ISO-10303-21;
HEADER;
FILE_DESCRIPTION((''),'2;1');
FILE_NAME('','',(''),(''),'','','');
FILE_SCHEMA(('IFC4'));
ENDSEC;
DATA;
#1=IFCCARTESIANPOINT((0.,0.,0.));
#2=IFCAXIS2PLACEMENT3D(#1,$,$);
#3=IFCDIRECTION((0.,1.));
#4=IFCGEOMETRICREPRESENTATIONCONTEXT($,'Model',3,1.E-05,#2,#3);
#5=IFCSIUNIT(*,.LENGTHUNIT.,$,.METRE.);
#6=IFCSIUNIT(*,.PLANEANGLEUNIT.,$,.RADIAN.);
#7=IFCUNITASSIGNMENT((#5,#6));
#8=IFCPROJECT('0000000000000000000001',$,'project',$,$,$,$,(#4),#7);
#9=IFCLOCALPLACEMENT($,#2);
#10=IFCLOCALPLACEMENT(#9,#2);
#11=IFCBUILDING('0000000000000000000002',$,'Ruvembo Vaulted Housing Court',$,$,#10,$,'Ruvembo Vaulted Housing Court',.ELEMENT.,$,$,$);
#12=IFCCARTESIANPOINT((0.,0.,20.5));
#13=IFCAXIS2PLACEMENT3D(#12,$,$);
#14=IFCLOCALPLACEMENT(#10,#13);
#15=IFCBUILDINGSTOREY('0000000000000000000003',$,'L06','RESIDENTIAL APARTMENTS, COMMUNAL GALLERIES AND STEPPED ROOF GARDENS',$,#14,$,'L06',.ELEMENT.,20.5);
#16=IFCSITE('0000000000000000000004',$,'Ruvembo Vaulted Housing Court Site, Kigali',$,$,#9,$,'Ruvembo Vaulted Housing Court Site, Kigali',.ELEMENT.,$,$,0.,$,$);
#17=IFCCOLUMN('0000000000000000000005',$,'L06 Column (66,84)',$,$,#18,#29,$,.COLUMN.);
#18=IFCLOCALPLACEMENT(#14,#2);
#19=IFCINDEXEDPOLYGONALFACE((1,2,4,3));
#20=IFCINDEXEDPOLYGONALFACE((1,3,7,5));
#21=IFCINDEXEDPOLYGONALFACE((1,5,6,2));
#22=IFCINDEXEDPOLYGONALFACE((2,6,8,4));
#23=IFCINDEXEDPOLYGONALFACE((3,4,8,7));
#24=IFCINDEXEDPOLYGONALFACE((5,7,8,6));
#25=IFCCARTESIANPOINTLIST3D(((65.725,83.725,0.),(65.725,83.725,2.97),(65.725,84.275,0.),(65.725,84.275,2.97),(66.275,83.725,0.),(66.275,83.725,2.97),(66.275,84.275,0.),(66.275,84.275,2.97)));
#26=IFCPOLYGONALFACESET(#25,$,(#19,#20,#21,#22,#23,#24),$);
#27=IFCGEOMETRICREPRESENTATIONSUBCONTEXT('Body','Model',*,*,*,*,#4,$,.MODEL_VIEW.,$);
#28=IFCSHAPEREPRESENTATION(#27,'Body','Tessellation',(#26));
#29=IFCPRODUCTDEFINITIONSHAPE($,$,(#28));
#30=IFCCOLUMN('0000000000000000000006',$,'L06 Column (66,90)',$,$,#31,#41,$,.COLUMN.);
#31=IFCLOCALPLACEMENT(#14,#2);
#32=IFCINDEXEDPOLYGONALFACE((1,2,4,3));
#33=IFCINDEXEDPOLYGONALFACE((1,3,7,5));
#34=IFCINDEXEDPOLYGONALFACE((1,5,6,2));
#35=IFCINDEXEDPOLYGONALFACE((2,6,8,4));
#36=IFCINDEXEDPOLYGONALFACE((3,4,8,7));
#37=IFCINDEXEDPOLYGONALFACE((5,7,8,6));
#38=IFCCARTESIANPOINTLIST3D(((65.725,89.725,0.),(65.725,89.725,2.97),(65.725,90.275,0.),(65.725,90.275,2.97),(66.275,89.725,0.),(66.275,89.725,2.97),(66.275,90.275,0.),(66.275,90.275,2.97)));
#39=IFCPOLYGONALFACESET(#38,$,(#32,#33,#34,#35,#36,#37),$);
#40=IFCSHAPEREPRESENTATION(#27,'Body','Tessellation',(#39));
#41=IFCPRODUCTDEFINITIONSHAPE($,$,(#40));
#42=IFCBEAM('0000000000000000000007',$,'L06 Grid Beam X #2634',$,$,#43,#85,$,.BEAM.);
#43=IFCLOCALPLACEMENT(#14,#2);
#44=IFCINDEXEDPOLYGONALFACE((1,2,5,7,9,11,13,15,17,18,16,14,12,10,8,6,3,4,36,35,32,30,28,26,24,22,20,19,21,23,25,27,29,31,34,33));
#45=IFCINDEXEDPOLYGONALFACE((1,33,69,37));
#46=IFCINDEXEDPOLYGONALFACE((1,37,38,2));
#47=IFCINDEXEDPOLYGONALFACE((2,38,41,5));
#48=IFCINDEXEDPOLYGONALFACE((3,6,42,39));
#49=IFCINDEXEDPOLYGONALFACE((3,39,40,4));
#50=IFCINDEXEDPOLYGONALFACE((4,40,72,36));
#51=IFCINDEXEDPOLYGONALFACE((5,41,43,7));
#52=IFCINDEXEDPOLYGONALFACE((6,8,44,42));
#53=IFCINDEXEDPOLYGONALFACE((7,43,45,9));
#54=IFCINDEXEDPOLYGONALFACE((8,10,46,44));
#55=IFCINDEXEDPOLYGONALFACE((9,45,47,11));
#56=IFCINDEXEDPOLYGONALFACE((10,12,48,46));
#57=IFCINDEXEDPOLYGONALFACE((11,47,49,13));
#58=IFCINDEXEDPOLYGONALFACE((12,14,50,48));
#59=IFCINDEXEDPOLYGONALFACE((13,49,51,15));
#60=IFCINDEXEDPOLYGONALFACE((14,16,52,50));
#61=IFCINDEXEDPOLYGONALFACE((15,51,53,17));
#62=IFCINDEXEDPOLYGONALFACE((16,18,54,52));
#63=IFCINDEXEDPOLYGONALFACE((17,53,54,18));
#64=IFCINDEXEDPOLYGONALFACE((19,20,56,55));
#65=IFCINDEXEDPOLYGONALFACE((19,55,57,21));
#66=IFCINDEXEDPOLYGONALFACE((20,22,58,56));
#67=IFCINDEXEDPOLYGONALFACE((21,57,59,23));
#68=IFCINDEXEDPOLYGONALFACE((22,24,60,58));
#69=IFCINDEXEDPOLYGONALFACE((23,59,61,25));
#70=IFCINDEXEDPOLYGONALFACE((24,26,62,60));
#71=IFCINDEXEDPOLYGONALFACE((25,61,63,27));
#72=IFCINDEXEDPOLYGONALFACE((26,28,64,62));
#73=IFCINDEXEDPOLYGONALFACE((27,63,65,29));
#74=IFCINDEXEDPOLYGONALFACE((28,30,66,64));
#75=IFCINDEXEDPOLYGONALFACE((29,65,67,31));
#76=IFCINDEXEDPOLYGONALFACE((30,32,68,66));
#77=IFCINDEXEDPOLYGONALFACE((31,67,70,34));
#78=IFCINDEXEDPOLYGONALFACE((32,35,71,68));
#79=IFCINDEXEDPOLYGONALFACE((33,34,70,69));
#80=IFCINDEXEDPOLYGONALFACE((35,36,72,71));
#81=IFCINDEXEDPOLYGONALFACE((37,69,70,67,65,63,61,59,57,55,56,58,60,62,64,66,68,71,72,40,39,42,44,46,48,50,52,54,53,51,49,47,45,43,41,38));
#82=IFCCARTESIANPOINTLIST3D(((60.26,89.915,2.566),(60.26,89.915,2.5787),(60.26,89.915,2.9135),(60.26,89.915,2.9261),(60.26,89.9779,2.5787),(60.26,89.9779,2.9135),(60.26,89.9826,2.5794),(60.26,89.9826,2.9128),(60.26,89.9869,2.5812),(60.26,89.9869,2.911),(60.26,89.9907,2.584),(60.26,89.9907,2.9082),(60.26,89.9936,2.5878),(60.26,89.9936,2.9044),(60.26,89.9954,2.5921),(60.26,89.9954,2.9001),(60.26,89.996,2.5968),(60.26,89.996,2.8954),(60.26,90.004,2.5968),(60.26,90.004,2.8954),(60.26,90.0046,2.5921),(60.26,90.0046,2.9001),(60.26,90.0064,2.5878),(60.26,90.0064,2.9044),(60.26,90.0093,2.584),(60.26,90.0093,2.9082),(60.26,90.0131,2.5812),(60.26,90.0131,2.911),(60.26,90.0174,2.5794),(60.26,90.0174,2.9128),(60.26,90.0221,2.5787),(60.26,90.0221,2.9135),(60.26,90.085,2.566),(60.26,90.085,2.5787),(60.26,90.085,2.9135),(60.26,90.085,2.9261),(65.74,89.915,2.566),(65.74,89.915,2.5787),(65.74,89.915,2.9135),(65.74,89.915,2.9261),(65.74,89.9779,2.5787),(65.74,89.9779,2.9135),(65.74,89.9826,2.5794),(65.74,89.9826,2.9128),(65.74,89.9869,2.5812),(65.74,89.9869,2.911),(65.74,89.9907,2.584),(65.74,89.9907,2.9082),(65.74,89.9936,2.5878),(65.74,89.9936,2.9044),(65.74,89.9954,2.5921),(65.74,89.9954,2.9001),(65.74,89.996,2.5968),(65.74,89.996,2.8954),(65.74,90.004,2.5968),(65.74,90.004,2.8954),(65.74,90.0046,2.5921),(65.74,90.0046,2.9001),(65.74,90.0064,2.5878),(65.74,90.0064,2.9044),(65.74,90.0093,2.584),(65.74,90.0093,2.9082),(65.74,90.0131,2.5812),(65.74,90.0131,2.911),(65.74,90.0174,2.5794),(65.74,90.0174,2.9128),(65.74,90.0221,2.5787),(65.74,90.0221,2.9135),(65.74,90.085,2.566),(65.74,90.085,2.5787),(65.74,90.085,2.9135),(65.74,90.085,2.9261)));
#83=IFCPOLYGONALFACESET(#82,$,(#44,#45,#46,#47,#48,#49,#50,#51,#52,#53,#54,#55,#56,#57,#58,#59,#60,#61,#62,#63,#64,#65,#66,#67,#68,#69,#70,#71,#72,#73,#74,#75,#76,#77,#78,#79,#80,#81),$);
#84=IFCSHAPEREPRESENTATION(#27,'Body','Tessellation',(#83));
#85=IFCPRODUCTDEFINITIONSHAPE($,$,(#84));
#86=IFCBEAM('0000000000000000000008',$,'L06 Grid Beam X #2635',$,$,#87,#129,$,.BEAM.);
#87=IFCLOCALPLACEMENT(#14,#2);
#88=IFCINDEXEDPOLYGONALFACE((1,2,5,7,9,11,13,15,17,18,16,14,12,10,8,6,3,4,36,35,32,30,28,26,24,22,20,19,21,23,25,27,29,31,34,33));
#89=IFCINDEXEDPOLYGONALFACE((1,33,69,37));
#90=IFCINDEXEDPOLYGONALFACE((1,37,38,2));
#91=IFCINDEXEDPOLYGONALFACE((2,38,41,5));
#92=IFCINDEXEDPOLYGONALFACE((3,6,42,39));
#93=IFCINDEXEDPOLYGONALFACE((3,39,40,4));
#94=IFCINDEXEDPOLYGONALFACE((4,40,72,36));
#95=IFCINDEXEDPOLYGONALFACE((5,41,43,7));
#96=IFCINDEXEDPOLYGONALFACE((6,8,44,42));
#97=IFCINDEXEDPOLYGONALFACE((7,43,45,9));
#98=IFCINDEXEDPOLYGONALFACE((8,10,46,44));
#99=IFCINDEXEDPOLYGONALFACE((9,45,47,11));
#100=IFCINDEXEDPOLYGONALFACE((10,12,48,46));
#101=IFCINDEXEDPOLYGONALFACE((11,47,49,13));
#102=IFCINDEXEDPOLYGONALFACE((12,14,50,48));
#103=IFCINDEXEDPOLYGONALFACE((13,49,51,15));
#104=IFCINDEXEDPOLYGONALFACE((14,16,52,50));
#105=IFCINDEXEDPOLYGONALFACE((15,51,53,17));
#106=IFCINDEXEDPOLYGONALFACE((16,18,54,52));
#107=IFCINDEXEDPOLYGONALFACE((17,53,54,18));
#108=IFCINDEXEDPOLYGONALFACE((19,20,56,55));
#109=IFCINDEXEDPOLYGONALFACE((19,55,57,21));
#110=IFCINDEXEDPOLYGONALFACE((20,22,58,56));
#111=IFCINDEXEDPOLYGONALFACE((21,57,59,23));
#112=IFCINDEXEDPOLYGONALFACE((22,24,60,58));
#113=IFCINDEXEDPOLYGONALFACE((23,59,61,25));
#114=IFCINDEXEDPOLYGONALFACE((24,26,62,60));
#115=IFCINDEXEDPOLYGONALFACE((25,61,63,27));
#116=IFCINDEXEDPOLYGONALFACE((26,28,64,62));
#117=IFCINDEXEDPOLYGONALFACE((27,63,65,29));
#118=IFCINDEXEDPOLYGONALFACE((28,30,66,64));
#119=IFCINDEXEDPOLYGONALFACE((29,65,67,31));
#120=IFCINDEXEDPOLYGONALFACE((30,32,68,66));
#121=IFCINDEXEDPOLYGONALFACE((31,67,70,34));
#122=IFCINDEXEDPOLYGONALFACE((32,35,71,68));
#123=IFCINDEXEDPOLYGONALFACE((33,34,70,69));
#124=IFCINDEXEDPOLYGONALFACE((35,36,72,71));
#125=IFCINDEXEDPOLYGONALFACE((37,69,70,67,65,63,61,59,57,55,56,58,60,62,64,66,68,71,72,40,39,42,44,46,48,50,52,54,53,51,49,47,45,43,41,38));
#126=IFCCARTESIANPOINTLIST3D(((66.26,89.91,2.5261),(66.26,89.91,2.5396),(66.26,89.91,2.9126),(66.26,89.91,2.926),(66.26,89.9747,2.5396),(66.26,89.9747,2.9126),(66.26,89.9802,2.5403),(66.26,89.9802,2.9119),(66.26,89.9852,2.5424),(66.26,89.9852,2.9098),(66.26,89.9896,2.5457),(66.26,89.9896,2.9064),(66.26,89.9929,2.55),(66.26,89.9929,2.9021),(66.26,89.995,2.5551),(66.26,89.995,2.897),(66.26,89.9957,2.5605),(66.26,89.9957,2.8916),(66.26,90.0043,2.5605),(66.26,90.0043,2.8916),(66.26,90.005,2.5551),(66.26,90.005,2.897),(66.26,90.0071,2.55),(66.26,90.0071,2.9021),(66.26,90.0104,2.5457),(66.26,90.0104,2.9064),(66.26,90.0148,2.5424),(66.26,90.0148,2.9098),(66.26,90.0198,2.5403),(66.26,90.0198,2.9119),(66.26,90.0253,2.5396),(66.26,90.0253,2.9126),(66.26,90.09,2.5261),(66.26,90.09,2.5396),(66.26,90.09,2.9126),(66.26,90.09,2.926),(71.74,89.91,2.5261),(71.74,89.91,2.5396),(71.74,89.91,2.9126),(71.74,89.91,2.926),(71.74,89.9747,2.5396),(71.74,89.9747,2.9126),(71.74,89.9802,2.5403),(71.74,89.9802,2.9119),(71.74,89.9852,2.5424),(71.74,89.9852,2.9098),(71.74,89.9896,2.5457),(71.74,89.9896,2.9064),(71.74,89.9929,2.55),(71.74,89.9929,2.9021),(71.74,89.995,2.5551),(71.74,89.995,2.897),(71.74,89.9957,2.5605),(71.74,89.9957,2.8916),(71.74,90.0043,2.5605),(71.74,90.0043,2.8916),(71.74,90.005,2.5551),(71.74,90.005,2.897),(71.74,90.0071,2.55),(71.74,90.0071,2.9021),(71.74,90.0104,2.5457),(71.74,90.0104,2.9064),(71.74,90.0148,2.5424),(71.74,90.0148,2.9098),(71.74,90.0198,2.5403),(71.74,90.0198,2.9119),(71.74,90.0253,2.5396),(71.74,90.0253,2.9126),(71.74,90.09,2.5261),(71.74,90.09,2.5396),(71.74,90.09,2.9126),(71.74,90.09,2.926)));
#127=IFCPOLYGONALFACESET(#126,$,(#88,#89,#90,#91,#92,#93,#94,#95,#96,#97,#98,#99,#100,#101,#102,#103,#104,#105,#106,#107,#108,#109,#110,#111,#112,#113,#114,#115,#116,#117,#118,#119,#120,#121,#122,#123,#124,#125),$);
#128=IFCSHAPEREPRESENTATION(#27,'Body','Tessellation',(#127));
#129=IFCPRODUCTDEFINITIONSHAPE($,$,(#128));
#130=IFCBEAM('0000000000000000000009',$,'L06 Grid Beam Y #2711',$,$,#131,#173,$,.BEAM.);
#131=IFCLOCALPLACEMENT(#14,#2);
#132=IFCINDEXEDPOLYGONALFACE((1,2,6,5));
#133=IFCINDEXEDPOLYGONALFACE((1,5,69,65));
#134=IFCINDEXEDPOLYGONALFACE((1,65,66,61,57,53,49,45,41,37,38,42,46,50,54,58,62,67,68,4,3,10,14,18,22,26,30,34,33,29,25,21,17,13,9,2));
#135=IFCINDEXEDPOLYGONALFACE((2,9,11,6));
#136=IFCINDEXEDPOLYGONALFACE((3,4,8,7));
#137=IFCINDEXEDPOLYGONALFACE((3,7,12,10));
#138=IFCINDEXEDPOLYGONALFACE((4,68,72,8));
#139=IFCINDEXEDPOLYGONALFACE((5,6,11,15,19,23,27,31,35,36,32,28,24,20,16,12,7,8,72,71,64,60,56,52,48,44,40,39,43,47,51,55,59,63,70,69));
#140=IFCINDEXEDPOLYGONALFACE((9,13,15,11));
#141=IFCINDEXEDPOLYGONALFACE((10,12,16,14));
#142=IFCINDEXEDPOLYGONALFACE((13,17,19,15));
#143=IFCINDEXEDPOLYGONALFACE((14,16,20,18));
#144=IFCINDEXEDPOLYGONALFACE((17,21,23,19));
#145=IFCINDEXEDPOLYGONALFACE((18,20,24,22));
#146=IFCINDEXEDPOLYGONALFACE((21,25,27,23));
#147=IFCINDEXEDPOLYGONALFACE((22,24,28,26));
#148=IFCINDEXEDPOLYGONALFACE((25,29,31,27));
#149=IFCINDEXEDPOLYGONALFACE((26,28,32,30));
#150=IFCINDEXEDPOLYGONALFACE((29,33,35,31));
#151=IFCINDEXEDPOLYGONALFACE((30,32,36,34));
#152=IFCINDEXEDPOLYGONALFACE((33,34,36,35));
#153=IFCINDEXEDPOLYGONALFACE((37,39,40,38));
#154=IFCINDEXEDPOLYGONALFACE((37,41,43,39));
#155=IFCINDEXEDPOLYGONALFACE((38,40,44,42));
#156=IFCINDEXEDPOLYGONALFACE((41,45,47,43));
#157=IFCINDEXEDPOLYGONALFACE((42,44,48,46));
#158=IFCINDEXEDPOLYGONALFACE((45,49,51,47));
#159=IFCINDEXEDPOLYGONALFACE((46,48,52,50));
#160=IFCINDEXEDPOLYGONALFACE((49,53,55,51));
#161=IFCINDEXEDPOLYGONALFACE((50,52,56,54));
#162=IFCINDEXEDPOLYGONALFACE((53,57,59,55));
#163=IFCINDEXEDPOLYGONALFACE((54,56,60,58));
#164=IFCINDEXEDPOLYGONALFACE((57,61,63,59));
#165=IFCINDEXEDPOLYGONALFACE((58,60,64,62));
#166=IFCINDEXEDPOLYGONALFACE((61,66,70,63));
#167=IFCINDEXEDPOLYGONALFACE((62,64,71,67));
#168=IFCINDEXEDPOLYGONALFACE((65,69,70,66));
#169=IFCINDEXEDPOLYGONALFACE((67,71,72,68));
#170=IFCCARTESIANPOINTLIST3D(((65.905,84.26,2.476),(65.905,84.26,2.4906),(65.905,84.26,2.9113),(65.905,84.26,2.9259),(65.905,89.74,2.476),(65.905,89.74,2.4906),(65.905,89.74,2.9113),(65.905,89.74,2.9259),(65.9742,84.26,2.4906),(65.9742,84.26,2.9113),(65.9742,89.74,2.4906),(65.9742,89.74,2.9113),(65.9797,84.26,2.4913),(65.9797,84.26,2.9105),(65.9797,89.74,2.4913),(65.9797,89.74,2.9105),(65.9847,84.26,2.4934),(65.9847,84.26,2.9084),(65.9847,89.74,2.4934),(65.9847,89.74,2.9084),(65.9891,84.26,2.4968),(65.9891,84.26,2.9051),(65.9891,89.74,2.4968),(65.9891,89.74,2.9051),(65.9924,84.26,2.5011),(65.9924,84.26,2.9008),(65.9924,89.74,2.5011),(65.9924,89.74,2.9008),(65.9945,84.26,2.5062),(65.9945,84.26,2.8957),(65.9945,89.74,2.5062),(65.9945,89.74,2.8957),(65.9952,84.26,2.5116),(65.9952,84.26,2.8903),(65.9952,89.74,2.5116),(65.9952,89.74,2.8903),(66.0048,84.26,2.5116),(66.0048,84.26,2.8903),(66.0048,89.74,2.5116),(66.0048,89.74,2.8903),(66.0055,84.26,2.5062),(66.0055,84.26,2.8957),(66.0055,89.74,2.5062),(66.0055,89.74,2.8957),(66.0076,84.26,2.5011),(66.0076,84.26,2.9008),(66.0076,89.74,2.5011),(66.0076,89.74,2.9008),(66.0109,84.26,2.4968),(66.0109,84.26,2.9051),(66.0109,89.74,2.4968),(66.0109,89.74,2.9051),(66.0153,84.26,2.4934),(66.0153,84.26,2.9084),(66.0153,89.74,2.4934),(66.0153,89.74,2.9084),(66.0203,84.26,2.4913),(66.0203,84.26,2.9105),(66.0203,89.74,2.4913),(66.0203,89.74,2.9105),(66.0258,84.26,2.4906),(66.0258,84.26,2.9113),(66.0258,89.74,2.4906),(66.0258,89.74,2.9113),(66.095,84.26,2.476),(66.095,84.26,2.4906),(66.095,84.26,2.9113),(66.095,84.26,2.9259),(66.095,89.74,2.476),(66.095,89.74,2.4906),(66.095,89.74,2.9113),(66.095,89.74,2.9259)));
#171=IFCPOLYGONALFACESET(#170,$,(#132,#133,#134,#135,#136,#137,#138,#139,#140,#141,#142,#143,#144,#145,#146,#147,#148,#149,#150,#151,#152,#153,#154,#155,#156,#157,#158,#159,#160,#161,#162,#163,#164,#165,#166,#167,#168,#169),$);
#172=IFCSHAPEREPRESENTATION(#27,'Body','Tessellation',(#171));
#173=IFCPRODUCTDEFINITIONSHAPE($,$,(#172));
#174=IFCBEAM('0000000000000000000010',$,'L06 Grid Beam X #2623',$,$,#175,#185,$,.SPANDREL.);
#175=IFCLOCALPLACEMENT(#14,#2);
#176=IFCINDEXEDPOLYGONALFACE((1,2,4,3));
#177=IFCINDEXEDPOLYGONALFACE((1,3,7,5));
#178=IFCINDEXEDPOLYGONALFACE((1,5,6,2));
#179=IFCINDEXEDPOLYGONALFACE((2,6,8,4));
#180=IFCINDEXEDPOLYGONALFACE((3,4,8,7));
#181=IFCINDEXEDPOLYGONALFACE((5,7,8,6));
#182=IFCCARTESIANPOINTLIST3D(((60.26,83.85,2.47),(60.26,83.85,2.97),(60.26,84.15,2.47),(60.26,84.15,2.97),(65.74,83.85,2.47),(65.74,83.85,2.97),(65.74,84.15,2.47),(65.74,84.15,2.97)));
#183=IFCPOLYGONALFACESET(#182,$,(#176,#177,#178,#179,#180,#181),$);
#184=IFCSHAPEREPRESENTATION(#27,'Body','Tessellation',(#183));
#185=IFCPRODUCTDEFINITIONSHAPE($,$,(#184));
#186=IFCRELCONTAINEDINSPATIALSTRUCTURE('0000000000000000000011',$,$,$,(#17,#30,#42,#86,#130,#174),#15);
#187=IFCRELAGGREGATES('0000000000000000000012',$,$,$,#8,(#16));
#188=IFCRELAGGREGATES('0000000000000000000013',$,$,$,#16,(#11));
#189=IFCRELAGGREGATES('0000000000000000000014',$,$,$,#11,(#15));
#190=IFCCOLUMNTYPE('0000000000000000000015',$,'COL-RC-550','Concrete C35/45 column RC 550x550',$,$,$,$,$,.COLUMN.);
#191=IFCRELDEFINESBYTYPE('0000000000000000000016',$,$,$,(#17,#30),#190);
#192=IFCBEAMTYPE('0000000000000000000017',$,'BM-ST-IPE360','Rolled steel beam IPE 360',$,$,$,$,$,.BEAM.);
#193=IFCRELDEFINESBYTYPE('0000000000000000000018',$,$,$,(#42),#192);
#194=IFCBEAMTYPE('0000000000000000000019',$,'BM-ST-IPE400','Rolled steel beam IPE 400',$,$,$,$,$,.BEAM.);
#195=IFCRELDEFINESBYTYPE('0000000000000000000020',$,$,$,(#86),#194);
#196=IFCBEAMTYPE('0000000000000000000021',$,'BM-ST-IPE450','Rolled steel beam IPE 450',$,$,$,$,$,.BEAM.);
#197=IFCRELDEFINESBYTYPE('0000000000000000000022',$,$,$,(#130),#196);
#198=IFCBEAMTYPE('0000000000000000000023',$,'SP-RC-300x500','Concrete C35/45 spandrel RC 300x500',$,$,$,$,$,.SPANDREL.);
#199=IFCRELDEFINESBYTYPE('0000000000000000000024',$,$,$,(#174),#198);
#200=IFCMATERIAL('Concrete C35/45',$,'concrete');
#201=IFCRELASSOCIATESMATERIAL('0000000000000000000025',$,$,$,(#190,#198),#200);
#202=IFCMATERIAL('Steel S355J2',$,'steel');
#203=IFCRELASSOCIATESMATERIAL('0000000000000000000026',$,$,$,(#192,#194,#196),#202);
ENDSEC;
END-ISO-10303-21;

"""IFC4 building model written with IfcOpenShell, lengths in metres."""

from ifc_helpers import new_model, si_unit, direction, frame, origin, origin_2d, place, context, subcontext, project, spatial, rectangle, i_section, extrude, material, material_profile, profile_set, type_object, element, save


model = new_model("IFC4")

# Units and contexts
model_context = context("Model", 3, precision=1e-05, world=origin(), true_north=direction((0.0, 1.0)))
body_context = subcontext(model_context, "Body", "Model", "MODEL_VIEW")
ifc_project = project(units=[si_unit("LENGTHUNIT", "METRE"), si_unit("PLANEANGLEUNIT", "RADIAN")], contexts=[model_context])

# Site, building, storey
site_placement = place(None, origin())
site = spatial("IfcSite", under=ifc_project, at=site_placement, Name="Ruvembo Vaulted Housing Court Site, Kigali", LongName="Ruvembo Vaulted Housing Court Site, Kigali", CompositionType="ELEMENT", RefElevation=0.0)
building_placement = place(site_placement, origin())
building = spatial("IfcBuilding", under=site, at=building_placement, Name="Ruvembo Vaulted Housing Court", LongName="Ruvembo Vaulted Housing Court", CompositionType="ELEMENT")
storey_placement = place(building_placement, frame((0.0, 0.0, 20.5)))
storey = spatial("IfcBuildingStorey", under=building, at=storey_placement, Name="L06", Description="RESIDENTIAL APARTMENTS, COMMUNAL GALLERIES AND STEPPED ROOF GARDENS", LongName="L06", CompositionType="ELEMENT", Elevation=20.5)

# Columns
ifc_material_1 = material(Name="Concrete C35/45", Category="concrete")
ifc_material_profile_1 = material_profile(ifc_material_1, rectangle(XDim=0.55, YDim=0.55, at=origin_2d()), Name="RC 550x550")
ifc_profile_set_1 = profile_set([ifc_material_profile_1], Name="Concrete C35/45")
column_type = type_object("IfcColumnType", Name="COL-RC-550", Description="Concrete C35/45 column RC 550x550", PredefinedType="COLUMN", material=ifc_profile_set_1)
for number, where, z_axis, x_axis, name in (
    (1, (66.0, 84.0, 0.0), (0.0, 0.0, 1.0), (1.0, 0.0, 0.0), "L06 Column (66,84)"),
    (2, (66.0, 90.0, 0.0), (0.0, 0.0, 1.0), (1.0, 0.0, 0.0), "L06 Column (66,90)"),
):
    element("IfcColumn", number, at=place(storey_placement, frame(where, z_axis=z_axis, x_axis=x_axis)), inside=storey, type_object=column_type, Name=name, PredefinedType="COLUMN", context=body_context, shape_type="SweptSolid", body=[
        extrude(rectangle(XDim=0.55, YDim=0.55, at=origin_2d()), origin(), (0.0, 0.0, 1.0), 2.97),
    ])

# Beams
ifc_material_2 = material(Name="Steel S355J2", Category="steel")
ifc_material_profile_2 = material_profile(ifc_material_2, i_section(OverallWidth=0.1699, OverallDepth=0.3601, WebThickness=0.0081, FlangeThickness=0.0127, FilletRadius=0.0181, at=origin_2d()), Name="IPE 360")
ifc_profile_set_2 = profile_set([ifc_material_profile_2], Name="Steel S355J2")
beam_type_1 = type_object("IfcBeamType", Name="BM-ST-IPE360", Description="Rolled steel beam IPE 360", PredefinedType="BEAM", material=ifc_profile_set_2)
beam_1_placement = place(storey_placement, frame((60.26, 90.0, 2.7461), z_axis=(1.0, 0.0, 0.0), x_axis=(0.0, 1.0, 0.0)))
element("IfcBeam", 3, at=beam_1_placement, inside=storey, type_object=beam_type_1, Name="L06 Grid Beam X #2634", PredefinedType="BEAM", context=body_context, shape_type="SweptSolid", body=[
    extrude(i_section(OverallWidth=0.1699, OverallDepth=0.3601, WebThickness=0.0081, FlangeThickness=0.0127, FilletRadius=0.0181, at=origin_2d()), origin(), (0.0, 0.0, 1.0), 5.48),
])
ifc_material_profile_3 = material_profile(ifc_material_2, i_section(OverallWidth=0.1799, OverallDepth=0.3999, WebThickness=0.0085, FlangeThickness=0.0134, FilletRadius=0.021, at=origin_2d()), Name="IPE 400")
ifc_profile_set_3 = profile_set([ifc_material_profile_3], Name="Steel S355J2")
beam_type_2 = type_object("IfcBeamType", Name="BM-ST-IPE400", Description="Rolled steel beam IPE 400", PredefinedType="BEAM", material=ifc_profile_set_3)
beam_2_placement = place(storey_placement, frame((66.26, 90.0, 2.7261), z_axis=(1.0, 0.0, 0.0), x_axis=(0.0, 1.0, 0.0)))
element("IfcBeam", 4, at=beam_2_placement, inside=storey, type_object=beam_type_2, Name="L06 Grid Beam X #2635", PredefinedType="BEAM", context=body_context, shape_type="SweptSolid", body=[
    extrude(i_section(OverallWidth=0.1799, OverallDepth=0.3999, WebThickness=0.0085, FlangeThickness=0.0134, FilletRadius=0.021, at=origin_2d()), origin(), (0.0, 0.0, 1.0), 5.48),
])
ifc_material_profile_4 = material_profile(ifc_material_2, i_section(OverallWidth=0.1899, OverallDepth=0.45, WebThickness=0.0095, FlangeThickness=0.0146, FilletRadius=0.021, at=origin_2d()), Name="IPE 450")
ifc_profile_set_4 = profile_set([ifc_material_profile_4], Name="Steel S355J2")
beam_type_3 = type_object("IfcBeamType", Name="BM-ST-IPE450", Description="Rolled steel beam IPE 450", PredefinedType="BEAM", material=ifc_profile_set_4)
beam_3_placement = place(storey_placement, frame((66.0, 84.26, 2.7009), z_axis=(0.0, 1.0, 0.0), x_axis=(-1.0, 0.0, 0.0)))
element("IfcBeam", 5, at=beam_3_placement, inside=storey, type_object=beam_type_3, Name="L06 Grid Beam Y #2711", PredefinedType="BEAM", context=body_context, shape_type="SweptSolid", body=[
    extrude(i_section(OverallWidth=0.1899, OverallDepth=0.45, WebThickness=0.0095, FlangeThickness=0.0146, FilletRadius=0.021, at=origin_2d()), origin(), (0.0, 0.0, 1.0), 5.48),
])
ifc_material_profile_5 = material_profile(ifc_material_1, rectangle(XDim=0.3, YDim=0.5, at=origin_2d()), Name="RC 300x500")
ifc_profile_set_5 = profile_set([ifc_material_profile_5], Name="Concrete C35/45")
beam_type_4 = type_object("IfcBeamType", Name="SP-RC-300x500", Description="Concrete C35/45 spandrel RC 300x500", PredefinedType="SPANDREL", material=ifc_profile_set_5)
for number, where, z_axis, x_axis, name in (
    (6, (60.26, 84.0, 2.72), (1.0, 0.0, 0.0), (0.0, 1.0, 0.0), "L06 Grid Beam X #2623"),
):
    element("IfcBeam", number, at=place(storey_placement, frame(where, z_axis=z_axis, x_axis=x_axis)), inside=storey, type_object=beam_type_4, Name=name, PredefinedType="SPANDREL", context=body_context, shape_type="SweptSolid", body=[
        extrude(rectangle(XDim=0.3, YDim=0.5, at=origin_2d()), origin(), (0.0, 0.0, 1.0), 5.48),
    ])

save(model, "model.ifc")
